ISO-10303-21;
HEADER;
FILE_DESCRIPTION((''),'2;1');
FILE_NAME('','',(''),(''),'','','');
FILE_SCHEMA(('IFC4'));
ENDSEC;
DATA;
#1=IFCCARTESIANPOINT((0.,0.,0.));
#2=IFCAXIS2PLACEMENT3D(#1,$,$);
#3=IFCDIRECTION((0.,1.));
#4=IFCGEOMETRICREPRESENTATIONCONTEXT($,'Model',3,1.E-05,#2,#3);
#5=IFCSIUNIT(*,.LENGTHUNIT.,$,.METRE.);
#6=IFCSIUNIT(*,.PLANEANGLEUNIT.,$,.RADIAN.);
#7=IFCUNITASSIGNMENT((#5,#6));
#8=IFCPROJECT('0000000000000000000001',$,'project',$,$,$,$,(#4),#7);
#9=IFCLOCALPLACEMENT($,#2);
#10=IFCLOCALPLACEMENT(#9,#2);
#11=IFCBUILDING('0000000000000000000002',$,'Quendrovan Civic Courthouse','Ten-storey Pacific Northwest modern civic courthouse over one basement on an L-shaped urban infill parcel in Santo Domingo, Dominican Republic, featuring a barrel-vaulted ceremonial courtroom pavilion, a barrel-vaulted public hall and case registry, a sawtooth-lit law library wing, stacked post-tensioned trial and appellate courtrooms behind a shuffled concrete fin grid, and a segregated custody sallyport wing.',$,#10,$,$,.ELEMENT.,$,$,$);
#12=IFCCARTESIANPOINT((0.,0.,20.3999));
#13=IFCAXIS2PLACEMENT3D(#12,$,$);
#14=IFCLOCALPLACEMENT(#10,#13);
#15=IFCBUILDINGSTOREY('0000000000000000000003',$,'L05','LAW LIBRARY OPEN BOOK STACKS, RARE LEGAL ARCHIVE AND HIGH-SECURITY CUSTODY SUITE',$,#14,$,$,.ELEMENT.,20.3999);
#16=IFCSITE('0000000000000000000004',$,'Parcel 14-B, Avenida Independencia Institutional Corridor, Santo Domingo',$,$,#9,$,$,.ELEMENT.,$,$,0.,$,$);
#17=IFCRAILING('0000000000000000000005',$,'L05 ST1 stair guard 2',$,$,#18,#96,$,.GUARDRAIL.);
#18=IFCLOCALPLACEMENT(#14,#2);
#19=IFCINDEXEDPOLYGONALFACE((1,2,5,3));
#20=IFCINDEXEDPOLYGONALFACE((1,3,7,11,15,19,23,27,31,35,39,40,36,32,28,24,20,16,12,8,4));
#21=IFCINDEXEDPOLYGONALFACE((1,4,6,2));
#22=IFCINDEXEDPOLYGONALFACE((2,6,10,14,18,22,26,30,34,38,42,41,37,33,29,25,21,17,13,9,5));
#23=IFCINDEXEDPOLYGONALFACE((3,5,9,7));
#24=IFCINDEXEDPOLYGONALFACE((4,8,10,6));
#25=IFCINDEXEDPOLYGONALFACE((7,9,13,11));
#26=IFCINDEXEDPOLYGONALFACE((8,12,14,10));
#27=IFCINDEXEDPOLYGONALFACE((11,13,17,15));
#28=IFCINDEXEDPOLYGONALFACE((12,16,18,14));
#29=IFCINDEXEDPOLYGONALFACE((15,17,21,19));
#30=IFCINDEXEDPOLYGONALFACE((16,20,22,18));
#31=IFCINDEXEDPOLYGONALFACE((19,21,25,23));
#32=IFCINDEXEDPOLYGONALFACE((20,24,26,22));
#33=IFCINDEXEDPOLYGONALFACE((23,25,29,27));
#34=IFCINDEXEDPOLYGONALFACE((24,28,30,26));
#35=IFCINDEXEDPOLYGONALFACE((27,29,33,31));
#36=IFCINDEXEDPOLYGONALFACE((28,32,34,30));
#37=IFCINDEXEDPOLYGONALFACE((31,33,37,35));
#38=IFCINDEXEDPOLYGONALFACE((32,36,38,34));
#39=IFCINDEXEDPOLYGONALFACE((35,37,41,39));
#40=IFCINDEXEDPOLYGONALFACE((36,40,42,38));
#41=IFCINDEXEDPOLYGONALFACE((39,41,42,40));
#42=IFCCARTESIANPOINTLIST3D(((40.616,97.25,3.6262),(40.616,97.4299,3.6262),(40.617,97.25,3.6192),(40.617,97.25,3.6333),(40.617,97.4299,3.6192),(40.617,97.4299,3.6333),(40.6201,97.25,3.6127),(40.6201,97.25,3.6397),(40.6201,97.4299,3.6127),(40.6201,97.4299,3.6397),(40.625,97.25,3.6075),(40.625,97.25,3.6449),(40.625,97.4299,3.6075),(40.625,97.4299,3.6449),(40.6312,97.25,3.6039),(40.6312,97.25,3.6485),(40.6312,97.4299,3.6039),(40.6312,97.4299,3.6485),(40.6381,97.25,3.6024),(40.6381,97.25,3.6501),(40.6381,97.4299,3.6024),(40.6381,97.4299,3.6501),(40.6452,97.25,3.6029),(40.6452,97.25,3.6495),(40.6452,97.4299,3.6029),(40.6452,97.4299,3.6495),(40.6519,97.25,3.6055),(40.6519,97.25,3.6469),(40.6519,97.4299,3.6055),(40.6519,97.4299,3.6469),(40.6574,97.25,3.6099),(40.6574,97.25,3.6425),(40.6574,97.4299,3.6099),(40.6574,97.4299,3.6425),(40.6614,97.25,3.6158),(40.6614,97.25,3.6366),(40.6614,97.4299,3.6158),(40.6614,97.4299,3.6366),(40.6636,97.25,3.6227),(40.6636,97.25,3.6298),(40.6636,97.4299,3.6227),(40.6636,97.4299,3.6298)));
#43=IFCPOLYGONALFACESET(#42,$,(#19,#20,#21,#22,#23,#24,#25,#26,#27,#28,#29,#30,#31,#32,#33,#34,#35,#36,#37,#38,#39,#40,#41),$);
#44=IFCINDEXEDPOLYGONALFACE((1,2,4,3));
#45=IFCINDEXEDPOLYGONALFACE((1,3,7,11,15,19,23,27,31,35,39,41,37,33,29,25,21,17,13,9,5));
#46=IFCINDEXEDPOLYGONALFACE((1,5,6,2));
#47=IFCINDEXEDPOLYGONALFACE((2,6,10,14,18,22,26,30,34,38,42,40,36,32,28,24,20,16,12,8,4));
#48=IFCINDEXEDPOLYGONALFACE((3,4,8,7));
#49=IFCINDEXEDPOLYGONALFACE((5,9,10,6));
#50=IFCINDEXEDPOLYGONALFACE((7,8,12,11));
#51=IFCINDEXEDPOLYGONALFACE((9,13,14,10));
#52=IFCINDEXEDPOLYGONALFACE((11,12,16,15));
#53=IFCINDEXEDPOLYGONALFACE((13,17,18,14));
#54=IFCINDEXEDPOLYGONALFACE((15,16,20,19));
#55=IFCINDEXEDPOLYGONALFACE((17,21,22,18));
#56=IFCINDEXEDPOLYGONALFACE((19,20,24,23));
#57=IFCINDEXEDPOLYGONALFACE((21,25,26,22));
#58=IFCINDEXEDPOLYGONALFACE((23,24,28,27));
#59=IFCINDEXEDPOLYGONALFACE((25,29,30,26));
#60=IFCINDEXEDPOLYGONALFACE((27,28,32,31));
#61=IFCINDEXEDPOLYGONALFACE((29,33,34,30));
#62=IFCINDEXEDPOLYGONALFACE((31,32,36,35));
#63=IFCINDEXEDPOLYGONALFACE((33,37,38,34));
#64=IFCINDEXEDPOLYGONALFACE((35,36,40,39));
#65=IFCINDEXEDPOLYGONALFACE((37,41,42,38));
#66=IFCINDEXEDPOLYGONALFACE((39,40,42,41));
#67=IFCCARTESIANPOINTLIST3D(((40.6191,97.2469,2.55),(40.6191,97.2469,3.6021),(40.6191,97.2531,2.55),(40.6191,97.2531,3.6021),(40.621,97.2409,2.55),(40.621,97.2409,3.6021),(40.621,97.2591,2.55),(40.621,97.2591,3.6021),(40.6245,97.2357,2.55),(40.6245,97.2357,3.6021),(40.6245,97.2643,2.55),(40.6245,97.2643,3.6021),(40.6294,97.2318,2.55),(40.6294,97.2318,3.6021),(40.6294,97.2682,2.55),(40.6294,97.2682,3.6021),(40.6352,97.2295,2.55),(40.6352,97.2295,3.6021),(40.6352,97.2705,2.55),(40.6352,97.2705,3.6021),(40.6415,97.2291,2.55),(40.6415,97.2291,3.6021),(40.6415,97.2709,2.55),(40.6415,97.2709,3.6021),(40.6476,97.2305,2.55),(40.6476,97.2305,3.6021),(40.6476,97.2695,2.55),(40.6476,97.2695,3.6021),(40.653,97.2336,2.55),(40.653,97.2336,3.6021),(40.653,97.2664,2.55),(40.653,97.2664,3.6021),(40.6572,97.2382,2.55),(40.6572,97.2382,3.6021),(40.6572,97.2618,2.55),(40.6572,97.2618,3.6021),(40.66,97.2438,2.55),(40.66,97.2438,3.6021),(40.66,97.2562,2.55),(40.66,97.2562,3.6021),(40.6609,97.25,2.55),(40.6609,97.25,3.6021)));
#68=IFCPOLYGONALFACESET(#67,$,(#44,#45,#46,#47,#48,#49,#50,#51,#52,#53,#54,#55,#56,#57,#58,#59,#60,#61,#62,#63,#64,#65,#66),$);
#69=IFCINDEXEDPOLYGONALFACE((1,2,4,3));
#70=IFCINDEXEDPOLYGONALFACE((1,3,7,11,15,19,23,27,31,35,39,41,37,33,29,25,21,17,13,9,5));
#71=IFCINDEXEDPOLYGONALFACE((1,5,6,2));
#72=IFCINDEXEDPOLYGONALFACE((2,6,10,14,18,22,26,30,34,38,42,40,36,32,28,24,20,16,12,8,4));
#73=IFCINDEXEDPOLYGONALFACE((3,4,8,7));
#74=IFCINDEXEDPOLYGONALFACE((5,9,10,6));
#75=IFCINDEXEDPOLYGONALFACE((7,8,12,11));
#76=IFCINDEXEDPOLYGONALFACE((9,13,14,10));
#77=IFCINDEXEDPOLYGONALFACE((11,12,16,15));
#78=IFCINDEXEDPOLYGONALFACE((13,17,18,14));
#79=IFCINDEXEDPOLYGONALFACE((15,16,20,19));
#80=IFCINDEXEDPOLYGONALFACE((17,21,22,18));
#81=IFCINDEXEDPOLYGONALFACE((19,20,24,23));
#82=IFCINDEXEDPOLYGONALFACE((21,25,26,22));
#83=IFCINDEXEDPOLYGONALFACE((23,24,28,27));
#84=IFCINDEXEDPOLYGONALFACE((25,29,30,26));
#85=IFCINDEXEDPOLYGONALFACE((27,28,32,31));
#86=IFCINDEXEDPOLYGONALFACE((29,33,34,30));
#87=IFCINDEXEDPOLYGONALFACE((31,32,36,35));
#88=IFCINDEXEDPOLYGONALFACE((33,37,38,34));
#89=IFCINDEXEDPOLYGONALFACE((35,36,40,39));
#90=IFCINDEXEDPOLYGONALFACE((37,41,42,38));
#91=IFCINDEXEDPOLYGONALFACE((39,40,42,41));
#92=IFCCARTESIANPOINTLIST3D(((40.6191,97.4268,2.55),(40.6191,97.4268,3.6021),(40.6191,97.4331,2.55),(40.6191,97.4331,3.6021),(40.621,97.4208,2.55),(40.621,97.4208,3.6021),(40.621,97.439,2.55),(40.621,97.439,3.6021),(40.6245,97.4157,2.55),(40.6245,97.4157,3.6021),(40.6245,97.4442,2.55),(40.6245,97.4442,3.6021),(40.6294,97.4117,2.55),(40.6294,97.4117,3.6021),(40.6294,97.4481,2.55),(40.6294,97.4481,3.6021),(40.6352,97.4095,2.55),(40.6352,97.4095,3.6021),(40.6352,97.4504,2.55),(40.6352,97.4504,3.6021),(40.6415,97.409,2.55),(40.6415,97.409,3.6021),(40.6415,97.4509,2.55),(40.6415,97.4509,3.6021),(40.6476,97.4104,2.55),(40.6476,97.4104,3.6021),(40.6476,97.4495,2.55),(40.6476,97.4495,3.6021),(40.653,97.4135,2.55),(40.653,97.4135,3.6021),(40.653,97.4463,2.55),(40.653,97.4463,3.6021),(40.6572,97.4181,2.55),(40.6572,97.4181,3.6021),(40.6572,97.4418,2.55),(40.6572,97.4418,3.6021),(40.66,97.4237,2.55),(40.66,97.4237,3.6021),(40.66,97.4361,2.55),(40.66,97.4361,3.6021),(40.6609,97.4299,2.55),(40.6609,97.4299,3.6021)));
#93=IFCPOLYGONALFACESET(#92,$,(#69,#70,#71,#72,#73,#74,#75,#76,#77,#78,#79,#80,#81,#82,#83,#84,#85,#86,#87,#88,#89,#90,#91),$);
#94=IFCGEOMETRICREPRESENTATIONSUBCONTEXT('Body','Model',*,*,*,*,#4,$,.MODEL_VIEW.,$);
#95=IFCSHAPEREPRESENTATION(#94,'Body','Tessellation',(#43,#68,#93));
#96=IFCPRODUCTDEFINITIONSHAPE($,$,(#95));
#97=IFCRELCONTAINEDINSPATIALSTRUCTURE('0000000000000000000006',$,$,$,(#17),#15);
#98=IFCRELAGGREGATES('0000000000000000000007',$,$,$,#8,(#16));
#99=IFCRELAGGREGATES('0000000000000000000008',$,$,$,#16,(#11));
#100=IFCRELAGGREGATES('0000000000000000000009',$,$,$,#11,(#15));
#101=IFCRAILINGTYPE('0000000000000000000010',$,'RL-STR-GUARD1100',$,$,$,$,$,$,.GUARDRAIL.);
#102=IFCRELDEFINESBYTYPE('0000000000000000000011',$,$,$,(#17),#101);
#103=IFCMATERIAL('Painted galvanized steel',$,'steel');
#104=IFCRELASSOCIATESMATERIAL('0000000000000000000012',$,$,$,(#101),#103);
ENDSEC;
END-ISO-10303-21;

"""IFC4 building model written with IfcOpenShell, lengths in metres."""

from ifc_helpers import new_model, si_unit, direction, frame, origin, origin_2d, place, context, subcontext, project, spatial, circle, extrude, material, type_object, element, save


model = new_model("IFC4")

# Units and contexts
model_context = context("Model", 3, precision=1e-05, world=origin(), true_north=direction((0.0, 1.0)))
body_context = subcontext(model_context, "Body", "Model", "MODEL_VIEW")
ifc_project = project(units=[si_unit("LENGTHUNIT", "METRE"), si_unit("PLANEANGLEUNIT", "RADIAN")], contexts=[model_context])

# Site, building, storey
site_placement = place(None, origin())
site = spatial("IfcSite", under=ifc_project, at=site_placement, Name="Parcel 14-B, Avenida Independencia Institutional Corridor, Santo Domingo", CompositionType="ELEMENT", RefElevation=0.0)
building_placement = place(site_placement, origin())
building = spatial("IfcBuilding", under=site, at=building_placement, Name="Quendrovan Civic Courthouse", Description="Ten-storey Pacific Northwest modern civic courthouse over one basement on an L-shaped urban infill parcel in Santo Domingo, Dominican Republic, featuring a barrel-vaulted ceremonial courtroom pavilion, a barrel-vaulted public hall and case registry, a sawtooth-lit law library wing, stacked post-tensioned trial and appellate courtrooms behind a shuffled concrete fin grid, and a segregated custody sallyport wing.", CompositionType="ELEMENT")
storey_placement = place(building_placement, frame((0.0, 0.0, 20.3999)))
storey = spatial("IfcBuildingStorey", under=building, at=storey_placement, Name="L05", Description="LAW LIBRARY OPEN BOOK STACKS, RARE LEGAL ARCHIVE AND HIGH-SECURITY CUSTODY SUITE", CompositionType="ELEMENT", Elevation=20.3999)

# Railing
ifc_material_1 = material(Name="Painted galvanized steel", Category="steel")
railing_type_1 = type_object("IfcRailingType", Name="RL-STR-GUARD1100", PredefinedType="GUARDRAIL", material=ifc_material_1)
railing_1_placement = place(storey_placement, frame((40.6399, 97.25, 2.55)))
element("IfcRailing", 1, at=railing_1_placement, inside=storey, type_object=railing_type_1, Name="L05 ST1 stair guard 2", PredefinedType="GUARDRAIL", context=body_context, shape_type="SweptSolid", body=[
    extrude(circle(Radius=0.0239, at=origin_2d()), frame((0.0, 0.0, 1.0762), z_axis=(0.0, 1.0, 0.0), x_axis=(-1.0, 0.0, 0.0)), (0.0, 0.0, 1.0), 0.1799),
    extrude(circle(Radius=0.021, at=origin_2d()), origin(), (0.0, 0.0, 1.0), 1.052),
    extrude(circle(Radius=0.021, at=origin_2d()), frame((0.0, 0.1799, 0.0)), (0.0, 0.0, 1.0), 1.052),
])

save(model, "model.ifc")
